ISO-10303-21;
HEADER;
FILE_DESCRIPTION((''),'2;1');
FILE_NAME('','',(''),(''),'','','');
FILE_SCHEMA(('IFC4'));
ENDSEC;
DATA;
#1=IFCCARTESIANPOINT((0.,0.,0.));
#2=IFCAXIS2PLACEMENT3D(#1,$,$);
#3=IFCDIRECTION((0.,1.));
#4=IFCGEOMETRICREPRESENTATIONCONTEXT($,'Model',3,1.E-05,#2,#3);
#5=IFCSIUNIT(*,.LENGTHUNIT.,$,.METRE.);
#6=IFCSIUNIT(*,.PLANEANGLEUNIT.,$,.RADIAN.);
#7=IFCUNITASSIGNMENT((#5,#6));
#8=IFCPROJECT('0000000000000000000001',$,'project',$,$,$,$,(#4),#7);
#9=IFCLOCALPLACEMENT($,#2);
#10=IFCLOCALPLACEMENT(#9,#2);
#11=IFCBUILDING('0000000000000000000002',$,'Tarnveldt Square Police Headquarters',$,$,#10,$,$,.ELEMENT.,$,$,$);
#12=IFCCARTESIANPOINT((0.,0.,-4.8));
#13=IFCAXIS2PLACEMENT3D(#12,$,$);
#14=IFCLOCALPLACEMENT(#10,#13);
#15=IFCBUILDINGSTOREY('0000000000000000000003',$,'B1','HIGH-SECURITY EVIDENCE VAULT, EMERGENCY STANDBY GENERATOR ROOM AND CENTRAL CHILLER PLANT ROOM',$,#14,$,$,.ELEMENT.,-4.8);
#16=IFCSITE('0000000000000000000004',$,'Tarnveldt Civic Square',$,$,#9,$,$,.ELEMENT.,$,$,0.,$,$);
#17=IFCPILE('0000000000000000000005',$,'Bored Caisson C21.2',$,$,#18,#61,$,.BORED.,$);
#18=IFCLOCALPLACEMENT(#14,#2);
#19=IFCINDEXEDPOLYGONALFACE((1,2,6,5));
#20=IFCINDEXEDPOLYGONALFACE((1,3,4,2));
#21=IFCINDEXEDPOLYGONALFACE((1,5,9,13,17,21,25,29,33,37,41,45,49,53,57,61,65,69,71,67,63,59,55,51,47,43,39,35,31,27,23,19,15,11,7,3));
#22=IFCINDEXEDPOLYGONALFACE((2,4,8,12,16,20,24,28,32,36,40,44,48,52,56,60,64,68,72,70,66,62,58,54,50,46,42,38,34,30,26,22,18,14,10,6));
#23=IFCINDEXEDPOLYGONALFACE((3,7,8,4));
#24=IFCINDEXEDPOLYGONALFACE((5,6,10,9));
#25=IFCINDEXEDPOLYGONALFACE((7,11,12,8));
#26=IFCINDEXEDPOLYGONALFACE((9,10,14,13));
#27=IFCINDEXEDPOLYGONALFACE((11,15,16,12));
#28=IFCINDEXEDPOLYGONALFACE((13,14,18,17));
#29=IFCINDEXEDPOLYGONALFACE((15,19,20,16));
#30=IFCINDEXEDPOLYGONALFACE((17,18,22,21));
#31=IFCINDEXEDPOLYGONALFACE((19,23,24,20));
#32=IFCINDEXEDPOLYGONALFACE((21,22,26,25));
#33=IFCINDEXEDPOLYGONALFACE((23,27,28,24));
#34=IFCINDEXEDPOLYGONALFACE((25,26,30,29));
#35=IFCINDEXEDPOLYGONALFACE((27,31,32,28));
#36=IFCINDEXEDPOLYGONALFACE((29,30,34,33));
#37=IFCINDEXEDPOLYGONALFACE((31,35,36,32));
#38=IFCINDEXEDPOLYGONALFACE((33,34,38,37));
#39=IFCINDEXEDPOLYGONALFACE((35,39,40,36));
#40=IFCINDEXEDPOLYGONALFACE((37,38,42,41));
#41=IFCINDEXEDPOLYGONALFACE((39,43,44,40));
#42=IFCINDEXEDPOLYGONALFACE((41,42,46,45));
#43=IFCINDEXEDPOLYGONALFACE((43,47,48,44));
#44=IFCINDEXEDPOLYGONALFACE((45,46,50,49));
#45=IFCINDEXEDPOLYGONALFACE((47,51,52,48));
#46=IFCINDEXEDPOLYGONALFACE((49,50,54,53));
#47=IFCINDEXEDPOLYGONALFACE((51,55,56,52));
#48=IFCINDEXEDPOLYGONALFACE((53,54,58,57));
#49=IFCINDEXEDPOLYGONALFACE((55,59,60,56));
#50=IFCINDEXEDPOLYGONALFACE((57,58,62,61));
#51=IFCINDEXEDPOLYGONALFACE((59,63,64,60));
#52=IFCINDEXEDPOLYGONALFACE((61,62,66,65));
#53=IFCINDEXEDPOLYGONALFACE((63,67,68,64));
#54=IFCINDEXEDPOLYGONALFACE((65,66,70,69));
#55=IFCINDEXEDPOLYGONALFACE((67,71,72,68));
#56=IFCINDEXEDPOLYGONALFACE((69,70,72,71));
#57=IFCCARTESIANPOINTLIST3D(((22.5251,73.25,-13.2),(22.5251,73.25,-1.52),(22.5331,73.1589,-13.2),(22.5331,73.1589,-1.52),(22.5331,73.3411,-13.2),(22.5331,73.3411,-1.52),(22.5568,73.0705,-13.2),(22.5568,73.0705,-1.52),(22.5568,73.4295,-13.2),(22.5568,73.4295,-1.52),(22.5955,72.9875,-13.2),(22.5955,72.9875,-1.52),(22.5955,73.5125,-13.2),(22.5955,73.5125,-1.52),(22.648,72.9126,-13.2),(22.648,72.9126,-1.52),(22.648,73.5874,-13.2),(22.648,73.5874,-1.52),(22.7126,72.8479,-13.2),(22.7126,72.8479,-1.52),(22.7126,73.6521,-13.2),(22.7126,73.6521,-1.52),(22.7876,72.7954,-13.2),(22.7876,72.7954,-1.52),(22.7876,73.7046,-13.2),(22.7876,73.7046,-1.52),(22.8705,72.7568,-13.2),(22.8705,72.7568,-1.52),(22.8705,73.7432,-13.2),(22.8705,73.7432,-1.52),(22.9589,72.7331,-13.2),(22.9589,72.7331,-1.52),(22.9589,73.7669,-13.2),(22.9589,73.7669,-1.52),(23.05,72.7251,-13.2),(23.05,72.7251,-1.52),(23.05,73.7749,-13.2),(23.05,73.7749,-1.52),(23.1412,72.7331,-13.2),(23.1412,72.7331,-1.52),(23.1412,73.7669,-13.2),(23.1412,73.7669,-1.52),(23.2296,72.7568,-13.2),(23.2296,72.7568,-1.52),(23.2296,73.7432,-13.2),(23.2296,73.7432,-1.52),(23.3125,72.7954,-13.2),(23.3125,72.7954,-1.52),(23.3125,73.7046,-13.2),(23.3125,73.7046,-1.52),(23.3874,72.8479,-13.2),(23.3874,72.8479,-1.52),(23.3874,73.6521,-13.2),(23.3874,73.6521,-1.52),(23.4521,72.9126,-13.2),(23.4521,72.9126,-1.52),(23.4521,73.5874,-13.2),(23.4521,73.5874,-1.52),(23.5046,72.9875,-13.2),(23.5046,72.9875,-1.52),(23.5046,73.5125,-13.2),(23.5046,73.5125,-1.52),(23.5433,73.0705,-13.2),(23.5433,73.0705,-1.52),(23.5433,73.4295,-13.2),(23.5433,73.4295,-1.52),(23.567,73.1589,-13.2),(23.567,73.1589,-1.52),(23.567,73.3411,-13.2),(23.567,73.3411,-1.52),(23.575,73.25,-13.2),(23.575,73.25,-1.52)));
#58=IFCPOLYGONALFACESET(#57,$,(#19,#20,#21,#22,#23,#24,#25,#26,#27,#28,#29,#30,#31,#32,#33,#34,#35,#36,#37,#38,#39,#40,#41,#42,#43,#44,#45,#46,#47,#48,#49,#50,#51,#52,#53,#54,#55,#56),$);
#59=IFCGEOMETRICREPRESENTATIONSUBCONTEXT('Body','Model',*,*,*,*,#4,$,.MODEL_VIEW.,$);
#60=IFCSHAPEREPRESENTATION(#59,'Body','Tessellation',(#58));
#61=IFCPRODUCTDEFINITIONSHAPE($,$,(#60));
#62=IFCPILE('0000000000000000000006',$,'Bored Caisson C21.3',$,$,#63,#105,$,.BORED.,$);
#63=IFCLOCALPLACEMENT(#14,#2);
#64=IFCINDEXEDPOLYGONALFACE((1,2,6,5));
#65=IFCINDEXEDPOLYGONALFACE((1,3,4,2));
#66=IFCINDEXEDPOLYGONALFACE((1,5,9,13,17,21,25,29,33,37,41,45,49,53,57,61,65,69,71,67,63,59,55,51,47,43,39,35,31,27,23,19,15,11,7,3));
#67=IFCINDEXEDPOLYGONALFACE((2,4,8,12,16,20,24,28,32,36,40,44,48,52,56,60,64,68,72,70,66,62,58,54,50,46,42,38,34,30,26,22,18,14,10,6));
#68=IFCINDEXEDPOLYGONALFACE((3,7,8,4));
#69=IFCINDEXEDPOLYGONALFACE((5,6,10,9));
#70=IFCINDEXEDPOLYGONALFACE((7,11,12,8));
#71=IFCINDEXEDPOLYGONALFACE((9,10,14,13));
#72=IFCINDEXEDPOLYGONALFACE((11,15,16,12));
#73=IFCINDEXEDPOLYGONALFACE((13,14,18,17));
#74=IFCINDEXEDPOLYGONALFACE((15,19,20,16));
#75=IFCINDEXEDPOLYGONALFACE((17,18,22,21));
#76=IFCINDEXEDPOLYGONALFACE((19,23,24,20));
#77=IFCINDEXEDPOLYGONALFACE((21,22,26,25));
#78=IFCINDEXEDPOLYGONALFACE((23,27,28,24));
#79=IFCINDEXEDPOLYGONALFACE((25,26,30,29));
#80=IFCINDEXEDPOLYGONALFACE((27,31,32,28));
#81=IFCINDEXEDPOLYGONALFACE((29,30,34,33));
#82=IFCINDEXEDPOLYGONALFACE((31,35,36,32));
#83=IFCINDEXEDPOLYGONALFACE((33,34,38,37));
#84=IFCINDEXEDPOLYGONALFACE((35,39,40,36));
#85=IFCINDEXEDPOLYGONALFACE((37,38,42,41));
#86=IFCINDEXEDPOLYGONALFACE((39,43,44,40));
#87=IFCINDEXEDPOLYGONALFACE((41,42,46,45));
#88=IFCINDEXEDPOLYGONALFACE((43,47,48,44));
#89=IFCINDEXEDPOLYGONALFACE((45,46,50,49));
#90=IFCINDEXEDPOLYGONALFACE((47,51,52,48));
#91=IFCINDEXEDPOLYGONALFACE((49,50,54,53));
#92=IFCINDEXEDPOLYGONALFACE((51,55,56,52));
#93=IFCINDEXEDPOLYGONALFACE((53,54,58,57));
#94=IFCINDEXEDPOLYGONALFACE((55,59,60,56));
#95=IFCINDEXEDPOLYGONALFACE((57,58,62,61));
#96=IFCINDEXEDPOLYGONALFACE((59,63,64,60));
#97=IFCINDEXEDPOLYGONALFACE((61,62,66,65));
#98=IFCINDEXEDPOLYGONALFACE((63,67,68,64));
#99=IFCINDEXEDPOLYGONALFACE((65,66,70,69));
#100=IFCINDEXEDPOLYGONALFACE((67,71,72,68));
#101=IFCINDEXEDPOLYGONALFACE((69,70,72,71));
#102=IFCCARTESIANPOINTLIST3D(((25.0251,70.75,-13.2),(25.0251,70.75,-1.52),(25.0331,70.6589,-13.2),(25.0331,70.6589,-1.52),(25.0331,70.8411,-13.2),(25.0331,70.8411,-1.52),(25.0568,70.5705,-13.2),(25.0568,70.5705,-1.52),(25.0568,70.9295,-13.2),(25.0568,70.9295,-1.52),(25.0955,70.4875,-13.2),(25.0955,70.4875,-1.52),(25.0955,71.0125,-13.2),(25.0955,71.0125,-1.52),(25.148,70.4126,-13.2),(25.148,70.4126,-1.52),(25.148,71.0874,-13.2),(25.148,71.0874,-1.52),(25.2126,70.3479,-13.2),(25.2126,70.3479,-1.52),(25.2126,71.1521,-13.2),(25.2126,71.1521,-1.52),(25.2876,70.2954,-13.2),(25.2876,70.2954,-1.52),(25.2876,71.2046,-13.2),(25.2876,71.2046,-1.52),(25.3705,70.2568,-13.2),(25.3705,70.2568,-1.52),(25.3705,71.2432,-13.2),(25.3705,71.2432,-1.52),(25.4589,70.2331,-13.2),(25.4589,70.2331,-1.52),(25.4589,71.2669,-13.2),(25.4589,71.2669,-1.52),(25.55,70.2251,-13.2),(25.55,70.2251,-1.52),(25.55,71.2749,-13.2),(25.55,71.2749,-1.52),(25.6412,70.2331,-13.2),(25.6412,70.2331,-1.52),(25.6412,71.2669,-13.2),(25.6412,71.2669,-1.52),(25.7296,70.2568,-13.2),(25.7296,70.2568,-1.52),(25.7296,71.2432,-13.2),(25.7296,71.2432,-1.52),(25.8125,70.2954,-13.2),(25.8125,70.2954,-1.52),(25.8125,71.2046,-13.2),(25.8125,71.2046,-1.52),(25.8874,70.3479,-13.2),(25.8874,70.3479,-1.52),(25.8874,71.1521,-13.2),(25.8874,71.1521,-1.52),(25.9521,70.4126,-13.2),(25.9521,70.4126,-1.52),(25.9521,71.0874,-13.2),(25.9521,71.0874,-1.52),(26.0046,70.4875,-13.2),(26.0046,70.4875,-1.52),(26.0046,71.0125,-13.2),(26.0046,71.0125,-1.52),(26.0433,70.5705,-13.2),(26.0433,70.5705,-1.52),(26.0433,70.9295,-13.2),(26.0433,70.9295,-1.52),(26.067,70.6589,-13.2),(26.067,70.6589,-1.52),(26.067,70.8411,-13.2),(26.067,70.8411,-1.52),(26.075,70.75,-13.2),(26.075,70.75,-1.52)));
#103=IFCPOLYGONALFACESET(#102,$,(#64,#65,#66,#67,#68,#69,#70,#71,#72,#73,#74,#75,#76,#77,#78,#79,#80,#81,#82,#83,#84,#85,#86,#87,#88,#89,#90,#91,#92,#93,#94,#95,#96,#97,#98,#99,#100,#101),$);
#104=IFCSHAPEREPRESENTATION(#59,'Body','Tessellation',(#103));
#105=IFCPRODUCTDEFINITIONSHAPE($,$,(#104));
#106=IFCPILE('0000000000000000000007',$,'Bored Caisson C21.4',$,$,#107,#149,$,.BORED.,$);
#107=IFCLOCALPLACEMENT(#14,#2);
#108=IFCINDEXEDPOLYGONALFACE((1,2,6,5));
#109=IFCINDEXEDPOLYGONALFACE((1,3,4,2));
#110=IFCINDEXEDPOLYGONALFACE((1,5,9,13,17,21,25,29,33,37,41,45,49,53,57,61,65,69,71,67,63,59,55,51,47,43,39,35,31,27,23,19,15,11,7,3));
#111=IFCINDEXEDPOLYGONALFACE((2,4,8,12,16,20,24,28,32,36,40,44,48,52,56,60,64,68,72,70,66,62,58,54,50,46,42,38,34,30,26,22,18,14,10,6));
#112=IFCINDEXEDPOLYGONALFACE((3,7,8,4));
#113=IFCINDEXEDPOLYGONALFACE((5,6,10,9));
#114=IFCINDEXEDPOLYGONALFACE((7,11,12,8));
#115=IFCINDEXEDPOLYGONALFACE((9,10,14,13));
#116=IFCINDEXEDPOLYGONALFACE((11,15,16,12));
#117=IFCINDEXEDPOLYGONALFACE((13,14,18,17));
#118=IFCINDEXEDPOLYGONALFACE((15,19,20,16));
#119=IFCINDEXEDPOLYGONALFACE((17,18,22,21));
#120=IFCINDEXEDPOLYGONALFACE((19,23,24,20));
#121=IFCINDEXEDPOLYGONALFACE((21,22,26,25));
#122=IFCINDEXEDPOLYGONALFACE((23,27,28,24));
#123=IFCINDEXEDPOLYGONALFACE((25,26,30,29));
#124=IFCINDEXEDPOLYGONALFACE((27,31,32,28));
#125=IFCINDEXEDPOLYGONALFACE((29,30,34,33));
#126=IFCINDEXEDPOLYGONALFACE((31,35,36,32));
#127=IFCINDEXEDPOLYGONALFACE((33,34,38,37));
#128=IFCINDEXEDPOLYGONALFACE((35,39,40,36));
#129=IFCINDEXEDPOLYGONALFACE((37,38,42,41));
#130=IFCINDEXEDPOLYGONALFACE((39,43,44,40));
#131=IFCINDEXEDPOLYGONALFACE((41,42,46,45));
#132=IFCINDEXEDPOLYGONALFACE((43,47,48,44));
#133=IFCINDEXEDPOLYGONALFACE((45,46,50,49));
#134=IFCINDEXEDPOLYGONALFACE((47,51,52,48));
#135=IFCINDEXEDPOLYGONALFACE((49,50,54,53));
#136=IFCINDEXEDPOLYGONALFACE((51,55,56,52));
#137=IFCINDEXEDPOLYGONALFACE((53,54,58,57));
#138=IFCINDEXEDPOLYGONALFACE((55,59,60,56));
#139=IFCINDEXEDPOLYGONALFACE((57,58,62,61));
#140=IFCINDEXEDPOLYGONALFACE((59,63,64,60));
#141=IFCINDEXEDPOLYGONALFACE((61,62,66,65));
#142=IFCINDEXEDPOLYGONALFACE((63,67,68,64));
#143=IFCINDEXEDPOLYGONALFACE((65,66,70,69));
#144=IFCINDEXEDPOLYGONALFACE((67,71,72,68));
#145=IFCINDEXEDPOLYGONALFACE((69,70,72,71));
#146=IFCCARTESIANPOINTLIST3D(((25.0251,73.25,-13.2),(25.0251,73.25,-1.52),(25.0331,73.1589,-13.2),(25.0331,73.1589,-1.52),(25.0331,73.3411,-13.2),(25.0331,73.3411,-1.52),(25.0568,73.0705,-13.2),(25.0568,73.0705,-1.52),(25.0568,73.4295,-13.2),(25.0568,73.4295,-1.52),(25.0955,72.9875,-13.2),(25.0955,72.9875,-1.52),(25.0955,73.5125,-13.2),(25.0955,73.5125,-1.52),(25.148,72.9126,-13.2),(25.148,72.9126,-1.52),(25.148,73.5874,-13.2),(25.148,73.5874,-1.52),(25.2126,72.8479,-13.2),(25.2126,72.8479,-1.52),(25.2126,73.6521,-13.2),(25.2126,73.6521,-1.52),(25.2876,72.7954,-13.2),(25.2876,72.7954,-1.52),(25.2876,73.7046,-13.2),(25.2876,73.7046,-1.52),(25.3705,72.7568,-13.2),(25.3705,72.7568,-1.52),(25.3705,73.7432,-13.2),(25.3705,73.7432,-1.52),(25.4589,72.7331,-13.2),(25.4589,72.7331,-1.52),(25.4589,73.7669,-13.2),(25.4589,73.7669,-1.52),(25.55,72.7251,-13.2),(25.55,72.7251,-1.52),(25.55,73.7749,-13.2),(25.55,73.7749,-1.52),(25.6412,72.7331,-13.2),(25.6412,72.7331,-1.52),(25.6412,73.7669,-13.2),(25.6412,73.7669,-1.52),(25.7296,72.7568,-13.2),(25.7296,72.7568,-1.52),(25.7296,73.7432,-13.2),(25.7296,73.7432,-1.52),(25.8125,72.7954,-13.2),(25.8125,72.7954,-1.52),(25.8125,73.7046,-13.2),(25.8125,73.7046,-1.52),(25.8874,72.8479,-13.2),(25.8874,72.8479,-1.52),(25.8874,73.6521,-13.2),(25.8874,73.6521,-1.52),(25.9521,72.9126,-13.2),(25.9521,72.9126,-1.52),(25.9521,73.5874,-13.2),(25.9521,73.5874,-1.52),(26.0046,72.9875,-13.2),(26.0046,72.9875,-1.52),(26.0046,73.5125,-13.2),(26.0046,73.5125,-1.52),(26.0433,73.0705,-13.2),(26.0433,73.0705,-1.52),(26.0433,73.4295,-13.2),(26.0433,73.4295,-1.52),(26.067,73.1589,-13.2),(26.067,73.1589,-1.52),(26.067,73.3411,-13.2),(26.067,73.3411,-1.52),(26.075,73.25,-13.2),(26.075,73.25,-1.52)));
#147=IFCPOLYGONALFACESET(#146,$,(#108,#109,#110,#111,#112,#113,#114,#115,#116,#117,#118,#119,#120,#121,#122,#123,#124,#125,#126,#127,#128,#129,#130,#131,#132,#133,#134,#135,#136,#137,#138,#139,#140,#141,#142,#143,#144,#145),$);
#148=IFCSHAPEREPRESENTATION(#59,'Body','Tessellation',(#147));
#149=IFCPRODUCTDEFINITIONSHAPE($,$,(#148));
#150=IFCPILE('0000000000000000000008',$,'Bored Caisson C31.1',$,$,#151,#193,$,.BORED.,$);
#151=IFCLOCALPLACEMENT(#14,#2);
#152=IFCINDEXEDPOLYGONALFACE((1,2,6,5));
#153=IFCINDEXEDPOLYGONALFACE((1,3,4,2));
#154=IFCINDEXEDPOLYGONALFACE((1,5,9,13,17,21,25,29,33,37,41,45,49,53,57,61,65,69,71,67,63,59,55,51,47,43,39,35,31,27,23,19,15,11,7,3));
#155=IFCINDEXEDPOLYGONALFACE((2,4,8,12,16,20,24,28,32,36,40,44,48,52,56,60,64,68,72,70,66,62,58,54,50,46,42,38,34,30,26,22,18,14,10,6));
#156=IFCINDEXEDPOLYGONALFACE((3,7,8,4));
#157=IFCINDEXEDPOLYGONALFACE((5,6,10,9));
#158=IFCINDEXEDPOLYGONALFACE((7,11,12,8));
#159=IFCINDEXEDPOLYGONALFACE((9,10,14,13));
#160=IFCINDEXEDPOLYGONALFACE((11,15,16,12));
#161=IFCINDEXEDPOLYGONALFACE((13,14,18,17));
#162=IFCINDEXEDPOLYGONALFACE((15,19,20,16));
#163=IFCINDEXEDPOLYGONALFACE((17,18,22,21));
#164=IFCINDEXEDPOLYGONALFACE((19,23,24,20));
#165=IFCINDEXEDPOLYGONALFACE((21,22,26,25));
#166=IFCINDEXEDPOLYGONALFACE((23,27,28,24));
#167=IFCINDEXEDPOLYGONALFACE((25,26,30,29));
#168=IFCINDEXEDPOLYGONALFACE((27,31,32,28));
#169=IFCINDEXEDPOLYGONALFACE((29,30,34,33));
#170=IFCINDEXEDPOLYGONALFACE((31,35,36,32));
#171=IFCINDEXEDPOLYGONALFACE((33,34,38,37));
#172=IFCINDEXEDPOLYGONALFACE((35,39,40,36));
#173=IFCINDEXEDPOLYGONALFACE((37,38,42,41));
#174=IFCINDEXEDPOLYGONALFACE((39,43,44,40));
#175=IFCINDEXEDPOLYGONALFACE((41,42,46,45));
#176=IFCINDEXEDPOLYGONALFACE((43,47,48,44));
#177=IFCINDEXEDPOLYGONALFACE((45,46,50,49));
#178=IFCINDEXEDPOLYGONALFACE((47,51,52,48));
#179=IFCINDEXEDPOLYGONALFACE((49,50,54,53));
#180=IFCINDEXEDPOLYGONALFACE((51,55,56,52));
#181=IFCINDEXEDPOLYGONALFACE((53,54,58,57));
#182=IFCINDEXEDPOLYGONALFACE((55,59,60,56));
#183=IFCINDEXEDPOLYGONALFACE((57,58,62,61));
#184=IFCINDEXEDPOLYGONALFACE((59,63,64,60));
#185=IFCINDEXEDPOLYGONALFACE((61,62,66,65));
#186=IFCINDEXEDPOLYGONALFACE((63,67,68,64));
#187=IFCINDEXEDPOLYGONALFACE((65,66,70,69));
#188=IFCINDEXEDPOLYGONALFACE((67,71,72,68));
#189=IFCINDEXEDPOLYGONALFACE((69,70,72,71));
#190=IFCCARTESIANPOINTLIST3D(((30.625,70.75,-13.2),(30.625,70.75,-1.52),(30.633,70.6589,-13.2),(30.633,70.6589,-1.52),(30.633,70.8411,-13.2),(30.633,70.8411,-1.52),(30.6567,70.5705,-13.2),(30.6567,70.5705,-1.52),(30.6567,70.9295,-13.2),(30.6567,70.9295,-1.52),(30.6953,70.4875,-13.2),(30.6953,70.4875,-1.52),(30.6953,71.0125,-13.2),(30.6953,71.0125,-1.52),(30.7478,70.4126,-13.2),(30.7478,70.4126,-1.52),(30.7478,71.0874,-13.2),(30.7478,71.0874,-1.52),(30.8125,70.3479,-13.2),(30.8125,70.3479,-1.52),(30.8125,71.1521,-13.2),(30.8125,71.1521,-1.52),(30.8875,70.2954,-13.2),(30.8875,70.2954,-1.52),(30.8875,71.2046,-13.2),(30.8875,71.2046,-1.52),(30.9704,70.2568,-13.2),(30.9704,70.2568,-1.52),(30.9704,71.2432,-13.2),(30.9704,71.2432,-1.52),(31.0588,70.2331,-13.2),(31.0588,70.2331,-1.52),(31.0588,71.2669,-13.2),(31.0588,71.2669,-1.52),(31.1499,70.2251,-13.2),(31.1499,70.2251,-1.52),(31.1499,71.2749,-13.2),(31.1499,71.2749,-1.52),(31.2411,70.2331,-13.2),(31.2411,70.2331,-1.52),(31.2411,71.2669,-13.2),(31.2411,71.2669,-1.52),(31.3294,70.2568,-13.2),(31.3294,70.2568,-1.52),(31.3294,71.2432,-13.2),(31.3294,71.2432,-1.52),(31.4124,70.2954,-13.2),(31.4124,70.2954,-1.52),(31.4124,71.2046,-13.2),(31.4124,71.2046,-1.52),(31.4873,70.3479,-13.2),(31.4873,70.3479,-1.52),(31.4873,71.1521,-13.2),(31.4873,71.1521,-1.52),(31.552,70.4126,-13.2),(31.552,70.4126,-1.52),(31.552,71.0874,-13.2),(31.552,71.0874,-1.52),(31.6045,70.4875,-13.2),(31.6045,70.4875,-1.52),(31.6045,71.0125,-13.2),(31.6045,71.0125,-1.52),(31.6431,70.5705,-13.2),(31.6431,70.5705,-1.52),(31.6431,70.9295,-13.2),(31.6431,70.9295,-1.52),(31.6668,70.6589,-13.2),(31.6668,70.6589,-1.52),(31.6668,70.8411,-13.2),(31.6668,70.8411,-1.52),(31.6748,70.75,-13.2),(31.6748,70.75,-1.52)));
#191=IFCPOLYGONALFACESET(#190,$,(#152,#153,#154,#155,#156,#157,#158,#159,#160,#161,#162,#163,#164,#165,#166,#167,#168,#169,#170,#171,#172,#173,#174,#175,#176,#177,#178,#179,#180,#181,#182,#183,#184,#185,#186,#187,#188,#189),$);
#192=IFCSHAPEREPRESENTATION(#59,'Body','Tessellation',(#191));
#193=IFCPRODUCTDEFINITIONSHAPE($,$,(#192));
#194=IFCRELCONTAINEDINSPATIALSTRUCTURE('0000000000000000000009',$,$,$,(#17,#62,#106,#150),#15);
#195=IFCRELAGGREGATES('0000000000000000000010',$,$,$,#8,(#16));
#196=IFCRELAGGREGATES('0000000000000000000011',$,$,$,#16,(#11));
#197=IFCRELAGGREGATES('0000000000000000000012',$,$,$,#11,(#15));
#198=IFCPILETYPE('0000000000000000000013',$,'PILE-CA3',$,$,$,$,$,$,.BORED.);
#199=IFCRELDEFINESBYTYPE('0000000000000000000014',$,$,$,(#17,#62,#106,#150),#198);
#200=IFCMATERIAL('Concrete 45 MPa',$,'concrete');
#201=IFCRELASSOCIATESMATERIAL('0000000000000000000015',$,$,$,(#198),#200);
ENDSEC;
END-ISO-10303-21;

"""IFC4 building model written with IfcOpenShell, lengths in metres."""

from ifc_helpers import new_model, si_unit, direction, frame, origin, origin_2d, place, context, subcontext, project, spatial, circle, extrude, material, material_profile, profile_set, type_object, element, save


model = new_model("IFC4")

# Units and contexts
model_context = context("Model", 3, precision=1e-05, world=origin(), true_north=direction((0.0, 1.0)))
body_context = subcontext(model_context, "Body", "Model", "MODEL_VIEW")
ifc_project = project(units=[si_unit("LENGTHUNIT", "METRE"), si_unit("PLANEANGLEUNIT", "RADIAN")], contexts=[model_context])

# Site, building, storey
site_placement = place(None, origin())
site = spatial("IfcSite", under=ifc_project, at=site_placement, Name="Tarnveldt Civic Square", CompositionType="ELEMENT", RefElevation=0.0)
building_placement = place(site_placement, origin())
building = spatial("IfcBuilding", under=site, at=building_placement, Name="Tarnveldt Square Police Headquarters", CompositionType="ELEMENT")
storey_placement = place(building_placement, frame((0.0, 0.0, -4.8)))
storey = spatial("IfcBuildingStorey", under=building, at=storey_placement, Name="B1", Description="HIGH-SECURITY EVIDENCE VAULT, EMERGENCY STANDBY GENERATOR ROOM AND CENTRAL CHILLER PLANT ROOM", CompositionType="ELEMENT", Elevation=-4.8)

# Shared definitions
ifc_material_1 = material(Name="Concrete 45 MPa", Category="concrete")

# Piles
ifc_material_profile_1 = material_profile(ifc_material_1, circle(Radius=0.5249, at=origin_2d()), Name="CAISSON-D1050")
ifc_profile_set_1 = profile_set([ifc_material_profile_1], Name="Concrete 45 MPa")
pile_type = type_object("IfcPileType", Name="PILE-CA3", PredefinedType="BORED", material=ifc_profile_set_1)
for number, where, z_axis, x_axis, name in (
    (1, (23.05, 73.25, -1.52), (0.0, 0.0, -1.0), (1.0, 0.0, 0.0), "Bored Caisson C21.2"),
    (2, (25.55, 70.75, -1.52), (0.0, 0.0, -1.0), (1.0, 0.0, 0.0), "Bored Caisson C21.3"),
    (3, (25.55, 73.25, -1.52), (0.0, 0.0, -1.0), (1.0, 0.0, 0.0), "Bored Caisson C21.4"),
    (4, (31.1499, 70.75, -1.52), (0.0, 0.0, -1.0), (1.0, 0.0, 0.0), "Bored Caisson C31.1"),
):
    element("IfcPile", number, at=place(storey_placement, frame(where, z_axis=z_axis, x_axis=x_axis)), inside=storey, type_object=pile_type, Name=name, PredefinedType="BORED", context=body_context, shape_type="SweptSolid", body=[
        extrude(circle(Radius=0.5249, at=origin_2d()), origin(), (0.0, 0.0, 1.0), 11.6799),
    ])

save(model, "model.ifc")
